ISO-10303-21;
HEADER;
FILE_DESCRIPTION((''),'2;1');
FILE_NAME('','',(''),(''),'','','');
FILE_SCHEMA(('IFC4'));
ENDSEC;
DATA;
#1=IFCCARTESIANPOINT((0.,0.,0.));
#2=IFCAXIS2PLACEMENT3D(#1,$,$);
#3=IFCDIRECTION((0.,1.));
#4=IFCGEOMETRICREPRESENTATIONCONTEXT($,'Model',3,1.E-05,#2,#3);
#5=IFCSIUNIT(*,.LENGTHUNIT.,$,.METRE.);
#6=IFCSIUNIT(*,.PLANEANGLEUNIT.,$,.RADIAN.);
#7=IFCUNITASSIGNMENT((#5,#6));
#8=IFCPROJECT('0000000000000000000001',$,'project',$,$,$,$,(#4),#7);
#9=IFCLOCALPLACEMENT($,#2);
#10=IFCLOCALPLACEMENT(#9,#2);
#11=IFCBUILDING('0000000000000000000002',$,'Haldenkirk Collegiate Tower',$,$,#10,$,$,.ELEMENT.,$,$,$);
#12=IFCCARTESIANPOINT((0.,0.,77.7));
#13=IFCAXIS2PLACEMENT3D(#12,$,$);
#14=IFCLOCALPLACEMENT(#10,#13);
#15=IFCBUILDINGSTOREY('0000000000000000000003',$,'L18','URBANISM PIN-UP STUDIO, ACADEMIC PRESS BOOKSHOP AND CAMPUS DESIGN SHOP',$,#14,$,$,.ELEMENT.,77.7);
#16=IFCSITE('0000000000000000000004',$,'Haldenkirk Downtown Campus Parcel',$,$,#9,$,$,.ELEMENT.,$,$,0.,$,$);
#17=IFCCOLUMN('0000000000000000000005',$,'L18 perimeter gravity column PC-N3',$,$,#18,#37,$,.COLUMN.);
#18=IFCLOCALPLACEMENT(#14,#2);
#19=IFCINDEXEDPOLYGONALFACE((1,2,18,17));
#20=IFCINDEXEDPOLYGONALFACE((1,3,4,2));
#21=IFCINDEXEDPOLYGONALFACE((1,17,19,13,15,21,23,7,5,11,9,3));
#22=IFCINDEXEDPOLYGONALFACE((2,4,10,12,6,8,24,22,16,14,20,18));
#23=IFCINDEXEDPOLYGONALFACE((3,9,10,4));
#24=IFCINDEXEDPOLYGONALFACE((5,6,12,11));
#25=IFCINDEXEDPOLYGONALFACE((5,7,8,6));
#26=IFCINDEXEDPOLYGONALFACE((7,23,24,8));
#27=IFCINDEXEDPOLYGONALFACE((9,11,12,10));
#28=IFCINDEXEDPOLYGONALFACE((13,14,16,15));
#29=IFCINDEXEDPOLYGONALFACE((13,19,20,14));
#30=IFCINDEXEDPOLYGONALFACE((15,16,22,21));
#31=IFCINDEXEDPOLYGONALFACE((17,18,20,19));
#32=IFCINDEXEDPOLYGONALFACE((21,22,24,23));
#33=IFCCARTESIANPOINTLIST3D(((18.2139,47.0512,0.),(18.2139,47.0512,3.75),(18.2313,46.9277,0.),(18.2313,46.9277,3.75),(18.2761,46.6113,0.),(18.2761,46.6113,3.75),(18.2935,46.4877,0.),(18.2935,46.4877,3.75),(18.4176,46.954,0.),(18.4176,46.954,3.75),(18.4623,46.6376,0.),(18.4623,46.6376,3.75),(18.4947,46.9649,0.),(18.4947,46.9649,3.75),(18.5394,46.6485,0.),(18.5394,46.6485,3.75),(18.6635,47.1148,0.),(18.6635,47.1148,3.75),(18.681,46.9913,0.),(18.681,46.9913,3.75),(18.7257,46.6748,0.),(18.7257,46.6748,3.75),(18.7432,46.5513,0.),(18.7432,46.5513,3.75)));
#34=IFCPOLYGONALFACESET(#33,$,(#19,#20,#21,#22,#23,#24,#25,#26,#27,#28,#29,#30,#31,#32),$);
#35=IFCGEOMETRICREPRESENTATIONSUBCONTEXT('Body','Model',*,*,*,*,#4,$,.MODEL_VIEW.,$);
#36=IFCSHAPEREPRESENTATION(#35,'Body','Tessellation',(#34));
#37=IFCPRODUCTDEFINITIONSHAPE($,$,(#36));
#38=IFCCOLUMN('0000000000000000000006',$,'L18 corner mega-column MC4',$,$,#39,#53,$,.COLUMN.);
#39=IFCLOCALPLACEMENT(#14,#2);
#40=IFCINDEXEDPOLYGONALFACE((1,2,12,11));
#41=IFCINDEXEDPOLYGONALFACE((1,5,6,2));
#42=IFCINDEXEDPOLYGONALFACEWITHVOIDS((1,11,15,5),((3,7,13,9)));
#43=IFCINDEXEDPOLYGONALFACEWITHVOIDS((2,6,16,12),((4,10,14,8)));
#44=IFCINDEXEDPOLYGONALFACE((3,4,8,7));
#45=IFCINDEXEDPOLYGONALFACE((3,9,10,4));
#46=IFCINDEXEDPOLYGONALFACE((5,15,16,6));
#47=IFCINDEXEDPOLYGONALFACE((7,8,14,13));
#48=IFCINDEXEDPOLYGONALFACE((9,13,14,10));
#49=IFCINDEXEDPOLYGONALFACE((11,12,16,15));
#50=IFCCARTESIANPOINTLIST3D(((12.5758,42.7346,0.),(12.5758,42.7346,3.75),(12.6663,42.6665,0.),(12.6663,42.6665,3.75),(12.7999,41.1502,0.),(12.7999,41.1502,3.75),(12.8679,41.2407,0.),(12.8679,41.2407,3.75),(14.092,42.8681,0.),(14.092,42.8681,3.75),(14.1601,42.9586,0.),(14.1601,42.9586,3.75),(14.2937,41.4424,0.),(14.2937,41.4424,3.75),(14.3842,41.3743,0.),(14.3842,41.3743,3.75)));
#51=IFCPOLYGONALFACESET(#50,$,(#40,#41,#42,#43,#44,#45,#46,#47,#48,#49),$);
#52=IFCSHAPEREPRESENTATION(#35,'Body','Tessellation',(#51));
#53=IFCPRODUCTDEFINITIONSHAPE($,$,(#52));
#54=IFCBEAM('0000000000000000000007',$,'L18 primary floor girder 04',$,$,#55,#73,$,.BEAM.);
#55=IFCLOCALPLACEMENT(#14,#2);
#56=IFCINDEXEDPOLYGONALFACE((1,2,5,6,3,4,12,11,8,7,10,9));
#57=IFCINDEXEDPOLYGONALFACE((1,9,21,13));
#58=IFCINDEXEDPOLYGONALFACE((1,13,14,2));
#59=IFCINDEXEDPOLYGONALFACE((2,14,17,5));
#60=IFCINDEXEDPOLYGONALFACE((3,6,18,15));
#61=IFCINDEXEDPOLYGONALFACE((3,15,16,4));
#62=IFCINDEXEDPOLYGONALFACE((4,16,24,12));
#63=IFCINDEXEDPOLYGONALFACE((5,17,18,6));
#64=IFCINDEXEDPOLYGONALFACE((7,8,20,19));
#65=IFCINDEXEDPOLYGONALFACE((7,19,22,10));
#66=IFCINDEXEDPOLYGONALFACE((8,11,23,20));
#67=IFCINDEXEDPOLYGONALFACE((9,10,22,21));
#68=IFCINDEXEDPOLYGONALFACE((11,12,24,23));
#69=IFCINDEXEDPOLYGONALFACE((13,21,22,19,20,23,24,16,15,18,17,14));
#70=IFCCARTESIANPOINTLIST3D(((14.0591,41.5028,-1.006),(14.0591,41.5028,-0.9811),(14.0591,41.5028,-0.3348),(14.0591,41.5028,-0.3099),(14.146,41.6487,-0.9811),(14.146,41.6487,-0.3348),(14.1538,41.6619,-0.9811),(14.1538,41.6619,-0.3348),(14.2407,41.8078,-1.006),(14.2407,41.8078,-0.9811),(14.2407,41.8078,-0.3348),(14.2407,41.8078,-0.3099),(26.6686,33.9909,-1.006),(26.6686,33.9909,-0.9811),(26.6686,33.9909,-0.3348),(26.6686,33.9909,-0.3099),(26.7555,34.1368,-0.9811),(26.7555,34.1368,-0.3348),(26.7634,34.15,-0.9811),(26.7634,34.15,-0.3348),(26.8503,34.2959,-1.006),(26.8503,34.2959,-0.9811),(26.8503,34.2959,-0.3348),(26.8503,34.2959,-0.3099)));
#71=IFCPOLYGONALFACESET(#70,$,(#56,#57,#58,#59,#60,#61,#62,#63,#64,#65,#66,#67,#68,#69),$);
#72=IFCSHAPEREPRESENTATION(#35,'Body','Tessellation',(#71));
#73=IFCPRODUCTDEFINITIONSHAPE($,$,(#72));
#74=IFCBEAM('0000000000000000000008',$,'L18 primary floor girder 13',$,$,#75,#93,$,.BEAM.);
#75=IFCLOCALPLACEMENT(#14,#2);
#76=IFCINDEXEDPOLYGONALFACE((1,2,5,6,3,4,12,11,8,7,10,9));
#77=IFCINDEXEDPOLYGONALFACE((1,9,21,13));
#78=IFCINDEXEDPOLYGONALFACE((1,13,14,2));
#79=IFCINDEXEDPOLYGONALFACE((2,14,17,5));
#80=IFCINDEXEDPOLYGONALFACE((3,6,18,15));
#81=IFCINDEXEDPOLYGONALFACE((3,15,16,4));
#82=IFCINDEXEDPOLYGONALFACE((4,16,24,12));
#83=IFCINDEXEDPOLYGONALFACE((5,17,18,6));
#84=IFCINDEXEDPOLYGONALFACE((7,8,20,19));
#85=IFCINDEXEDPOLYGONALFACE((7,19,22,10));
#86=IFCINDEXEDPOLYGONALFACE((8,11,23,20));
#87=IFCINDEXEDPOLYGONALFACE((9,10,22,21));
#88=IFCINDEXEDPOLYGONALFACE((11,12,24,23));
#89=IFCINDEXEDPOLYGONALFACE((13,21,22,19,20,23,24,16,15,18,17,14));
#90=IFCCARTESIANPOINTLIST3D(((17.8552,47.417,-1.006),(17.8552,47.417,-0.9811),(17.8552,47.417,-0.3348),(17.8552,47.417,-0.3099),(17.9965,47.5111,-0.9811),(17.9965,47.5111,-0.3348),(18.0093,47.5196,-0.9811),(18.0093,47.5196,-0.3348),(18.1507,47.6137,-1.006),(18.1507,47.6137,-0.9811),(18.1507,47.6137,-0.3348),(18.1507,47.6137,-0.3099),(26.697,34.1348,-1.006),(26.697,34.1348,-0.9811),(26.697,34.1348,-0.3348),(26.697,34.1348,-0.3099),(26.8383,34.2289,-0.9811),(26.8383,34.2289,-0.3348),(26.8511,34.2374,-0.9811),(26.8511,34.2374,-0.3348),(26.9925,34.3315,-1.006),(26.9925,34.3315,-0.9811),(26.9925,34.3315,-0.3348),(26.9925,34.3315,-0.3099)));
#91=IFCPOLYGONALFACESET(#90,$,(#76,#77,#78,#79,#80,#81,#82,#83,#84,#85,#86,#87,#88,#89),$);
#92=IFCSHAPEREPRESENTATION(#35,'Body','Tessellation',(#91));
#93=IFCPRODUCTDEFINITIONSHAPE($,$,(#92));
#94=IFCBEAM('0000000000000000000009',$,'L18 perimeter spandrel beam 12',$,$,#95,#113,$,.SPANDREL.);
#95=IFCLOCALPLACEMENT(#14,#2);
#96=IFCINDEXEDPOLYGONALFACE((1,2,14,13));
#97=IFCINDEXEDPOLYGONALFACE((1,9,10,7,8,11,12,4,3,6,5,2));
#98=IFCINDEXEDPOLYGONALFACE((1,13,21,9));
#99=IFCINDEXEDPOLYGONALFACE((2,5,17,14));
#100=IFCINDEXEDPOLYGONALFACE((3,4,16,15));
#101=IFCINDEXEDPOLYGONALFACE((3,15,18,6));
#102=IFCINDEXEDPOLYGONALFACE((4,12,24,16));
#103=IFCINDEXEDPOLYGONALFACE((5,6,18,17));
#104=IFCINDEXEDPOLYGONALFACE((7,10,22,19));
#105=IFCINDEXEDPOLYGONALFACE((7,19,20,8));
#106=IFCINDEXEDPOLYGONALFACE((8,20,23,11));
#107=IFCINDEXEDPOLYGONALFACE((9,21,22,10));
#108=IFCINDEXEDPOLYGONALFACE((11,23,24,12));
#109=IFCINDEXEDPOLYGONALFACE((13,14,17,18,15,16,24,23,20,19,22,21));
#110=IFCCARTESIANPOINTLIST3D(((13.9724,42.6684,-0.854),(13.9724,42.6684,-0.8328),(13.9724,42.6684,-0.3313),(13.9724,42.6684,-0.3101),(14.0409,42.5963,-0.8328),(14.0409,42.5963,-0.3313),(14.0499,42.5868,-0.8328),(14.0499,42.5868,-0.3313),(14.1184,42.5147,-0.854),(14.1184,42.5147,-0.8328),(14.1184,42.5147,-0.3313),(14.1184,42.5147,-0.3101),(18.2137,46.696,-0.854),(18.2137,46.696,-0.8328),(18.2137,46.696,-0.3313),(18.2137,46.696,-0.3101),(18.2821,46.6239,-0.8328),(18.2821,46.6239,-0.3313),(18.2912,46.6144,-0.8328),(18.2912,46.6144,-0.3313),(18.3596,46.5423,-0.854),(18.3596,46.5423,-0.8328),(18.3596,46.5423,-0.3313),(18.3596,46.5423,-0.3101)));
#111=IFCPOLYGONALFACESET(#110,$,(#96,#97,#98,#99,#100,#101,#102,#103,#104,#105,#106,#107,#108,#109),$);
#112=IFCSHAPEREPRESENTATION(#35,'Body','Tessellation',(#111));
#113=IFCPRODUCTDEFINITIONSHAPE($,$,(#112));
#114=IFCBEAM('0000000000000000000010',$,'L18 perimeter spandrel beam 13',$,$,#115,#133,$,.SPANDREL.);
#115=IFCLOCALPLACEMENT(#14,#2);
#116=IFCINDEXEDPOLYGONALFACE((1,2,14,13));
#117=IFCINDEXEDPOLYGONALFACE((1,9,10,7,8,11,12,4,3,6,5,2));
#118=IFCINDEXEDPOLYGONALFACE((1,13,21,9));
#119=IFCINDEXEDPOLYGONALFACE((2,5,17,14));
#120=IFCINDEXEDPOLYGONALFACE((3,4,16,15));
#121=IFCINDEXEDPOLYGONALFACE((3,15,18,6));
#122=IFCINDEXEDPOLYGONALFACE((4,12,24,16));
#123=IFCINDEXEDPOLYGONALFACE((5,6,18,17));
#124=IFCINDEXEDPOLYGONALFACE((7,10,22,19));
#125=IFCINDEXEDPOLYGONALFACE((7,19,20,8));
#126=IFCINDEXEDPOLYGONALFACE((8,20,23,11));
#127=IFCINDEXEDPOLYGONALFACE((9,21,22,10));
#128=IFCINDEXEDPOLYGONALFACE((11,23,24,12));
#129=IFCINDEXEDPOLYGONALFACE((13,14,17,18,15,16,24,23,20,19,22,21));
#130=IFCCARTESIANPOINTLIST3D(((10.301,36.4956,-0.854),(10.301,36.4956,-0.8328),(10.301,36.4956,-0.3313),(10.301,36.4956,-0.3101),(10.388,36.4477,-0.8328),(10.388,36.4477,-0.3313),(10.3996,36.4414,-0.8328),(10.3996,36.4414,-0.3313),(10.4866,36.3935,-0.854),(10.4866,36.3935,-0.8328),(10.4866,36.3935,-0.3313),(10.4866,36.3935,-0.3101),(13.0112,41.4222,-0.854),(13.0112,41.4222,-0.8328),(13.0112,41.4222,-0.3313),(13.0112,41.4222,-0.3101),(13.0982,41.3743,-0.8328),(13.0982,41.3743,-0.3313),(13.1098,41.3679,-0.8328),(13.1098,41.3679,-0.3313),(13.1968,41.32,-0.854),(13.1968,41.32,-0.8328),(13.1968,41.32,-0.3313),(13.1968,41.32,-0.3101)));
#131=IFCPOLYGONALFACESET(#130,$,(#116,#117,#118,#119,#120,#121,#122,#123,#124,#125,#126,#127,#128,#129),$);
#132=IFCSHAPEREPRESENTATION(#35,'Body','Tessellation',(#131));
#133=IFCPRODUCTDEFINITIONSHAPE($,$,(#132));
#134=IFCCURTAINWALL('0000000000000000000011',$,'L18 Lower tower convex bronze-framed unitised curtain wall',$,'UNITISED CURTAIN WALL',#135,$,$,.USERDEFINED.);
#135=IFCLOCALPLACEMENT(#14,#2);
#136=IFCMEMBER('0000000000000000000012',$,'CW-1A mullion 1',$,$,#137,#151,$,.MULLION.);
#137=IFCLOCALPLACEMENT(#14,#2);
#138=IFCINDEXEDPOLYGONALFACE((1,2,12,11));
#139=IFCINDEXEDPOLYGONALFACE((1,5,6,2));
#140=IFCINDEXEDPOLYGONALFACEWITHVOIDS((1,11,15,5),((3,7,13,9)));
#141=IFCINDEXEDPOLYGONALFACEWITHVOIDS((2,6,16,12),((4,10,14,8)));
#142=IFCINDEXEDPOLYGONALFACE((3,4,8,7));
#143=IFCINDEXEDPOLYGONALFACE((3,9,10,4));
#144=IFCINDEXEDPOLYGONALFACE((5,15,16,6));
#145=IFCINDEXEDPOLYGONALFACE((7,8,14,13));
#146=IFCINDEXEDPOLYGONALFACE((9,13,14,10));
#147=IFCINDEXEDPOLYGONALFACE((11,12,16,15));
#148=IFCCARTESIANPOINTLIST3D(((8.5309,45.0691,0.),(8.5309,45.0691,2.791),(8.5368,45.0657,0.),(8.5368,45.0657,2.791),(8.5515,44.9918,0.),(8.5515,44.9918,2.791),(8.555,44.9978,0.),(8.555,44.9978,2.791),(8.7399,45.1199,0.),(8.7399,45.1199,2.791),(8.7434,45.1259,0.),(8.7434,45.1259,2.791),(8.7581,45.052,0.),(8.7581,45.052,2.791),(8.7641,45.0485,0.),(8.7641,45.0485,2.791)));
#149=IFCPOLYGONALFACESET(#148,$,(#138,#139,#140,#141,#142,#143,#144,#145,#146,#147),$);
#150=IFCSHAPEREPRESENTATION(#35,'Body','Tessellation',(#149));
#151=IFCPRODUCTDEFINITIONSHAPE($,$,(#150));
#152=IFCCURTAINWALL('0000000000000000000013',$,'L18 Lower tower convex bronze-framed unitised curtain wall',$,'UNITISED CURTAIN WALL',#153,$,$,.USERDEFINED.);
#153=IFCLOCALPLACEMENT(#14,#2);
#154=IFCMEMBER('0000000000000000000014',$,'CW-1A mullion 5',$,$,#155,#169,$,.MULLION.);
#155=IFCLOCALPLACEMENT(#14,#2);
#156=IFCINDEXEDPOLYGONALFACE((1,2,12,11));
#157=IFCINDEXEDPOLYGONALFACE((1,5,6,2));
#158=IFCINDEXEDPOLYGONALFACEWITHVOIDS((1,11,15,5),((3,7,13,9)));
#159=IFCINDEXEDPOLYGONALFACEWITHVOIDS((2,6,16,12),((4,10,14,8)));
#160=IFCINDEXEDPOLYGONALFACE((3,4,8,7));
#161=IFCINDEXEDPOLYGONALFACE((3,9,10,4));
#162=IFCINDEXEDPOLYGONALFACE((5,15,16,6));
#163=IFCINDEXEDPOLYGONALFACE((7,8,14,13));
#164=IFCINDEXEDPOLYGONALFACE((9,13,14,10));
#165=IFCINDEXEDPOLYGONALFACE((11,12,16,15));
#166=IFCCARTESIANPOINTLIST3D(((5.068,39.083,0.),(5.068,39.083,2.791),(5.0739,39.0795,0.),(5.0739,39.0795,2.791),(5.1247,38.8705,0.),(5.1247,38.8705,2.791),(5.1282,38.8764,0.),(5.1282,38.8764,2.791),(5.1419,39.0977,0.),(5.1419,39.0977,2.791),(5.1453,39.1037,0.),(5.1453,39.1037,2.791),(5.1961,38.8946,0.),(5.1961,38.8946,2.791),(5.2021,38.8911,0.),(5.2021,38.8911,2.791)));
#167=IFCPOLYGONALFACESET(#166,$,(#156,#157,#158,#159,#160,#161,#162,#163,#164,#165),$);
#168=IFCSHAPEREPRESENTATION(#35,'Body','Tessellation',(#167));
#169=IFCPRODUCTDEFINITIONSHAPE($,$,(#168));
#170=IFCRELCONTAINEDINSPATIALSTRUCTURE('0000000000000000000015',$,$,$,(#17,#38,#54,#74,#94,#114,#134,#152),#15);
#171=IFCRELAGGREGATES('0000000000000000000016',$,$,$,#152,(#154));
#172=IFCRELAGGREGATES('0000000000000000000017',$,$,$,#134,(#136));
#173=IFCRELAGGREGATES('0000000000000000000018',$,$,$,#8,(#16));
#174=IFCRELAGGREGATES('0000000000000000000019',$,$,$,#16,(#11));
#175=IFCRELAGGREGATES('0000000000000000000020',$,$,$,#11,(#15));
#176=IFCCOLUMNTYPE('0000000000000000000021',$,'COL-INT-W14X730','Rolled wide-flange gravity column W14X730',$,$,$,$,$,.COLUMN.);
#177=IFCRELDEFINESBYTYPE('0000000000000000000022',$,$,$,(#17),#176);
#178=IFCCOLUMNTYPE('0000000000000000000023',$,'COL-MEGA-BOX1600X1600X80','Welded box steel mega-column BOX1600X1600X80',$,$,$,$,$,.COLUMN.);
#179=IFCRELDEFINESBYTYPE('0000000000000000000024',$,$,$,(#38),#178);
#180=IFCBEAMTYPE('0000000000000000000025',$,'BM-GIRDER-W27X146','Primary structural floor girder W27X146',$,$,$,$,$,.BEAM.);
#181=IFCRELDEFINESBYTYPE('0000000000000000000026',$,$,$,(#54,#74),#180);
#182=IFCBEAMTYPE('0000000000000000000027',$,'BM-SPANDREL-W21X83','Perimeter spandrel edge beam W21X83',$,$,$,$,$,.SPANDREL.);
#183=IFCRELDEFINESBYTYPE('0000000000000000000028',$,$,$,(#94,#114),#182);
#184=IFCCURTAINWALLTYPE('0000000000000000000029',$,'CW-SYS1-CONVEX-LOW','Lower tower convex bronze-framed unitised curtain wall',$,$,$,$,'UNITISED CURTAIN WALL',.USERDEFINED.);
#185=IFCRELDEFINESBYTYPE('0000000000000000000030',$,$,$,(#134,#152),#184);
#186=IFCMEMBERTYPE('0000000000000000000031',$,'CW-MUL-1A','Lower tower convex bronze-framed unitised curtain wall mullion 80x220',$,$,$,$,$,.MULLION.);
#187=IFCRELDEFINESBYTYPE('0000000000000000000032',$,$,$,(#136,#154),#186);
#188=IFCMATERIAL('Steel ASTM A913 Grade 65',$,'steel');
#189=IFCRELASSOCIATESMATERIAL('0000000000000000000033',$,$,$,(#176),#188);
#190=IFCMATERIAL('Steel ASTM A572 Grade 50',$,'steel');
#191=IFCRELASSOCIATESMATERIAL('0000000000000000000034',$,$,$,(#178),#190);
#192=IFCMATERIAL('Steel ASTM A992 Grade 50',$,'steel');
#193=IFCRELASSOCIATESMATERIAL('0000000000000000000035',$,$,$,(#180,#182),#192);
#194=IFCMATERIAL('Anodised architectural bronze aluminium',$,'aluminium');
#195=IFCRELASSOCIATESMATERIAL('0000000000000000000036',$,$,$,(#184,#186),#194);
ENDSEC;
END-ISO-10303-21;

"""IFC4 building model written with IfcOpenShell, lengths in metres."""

from ifc_helpers import new_model, si_unit, direction, frame, origin, origin_2d, place, context, subcontext, project, spatial, hollow_rectangle, i_section, extrude, material, material_profile, profile_set, type_object, element, aggregate, save


model = new_model("IFC4")

# Units and contexts
model_context = context("Model", 3, precision=1e-05, world=origin(), true_north=direction((0.0, 1.0)))
body_context = subcontext(model_context, "Body", "Model", "MODEL_VIEW")
ifc_project = project(units=[si_unit("LENGTHUNIT", "METRE"), si_unit("PLANEANGLEUNIT", "RADIAN")], contexts=[model_context])

# Site, building, storey
site_placement = place(None, origin())
site = spatial("IfcSite", under=ifc_project, at=site_placement, Name="Haldenkirk Downtown Campus Parcel", CompositionType="ELEMENT", RefElevation=0.0)
building_placement = place(site_placement, origin())
building = spatial("IfcBuilding", under=site, at=building_placement, Name="Haldenkirk Collegiate Tower", CompositionType="ELEMENT")
storey_placement = place(building_placement, frame((0.0, 0.0, 77.7)))
storey = spatial("IfcBuildingStorey", under=building, at=storey_placement, Name="L18", Description="URBANISM PIN-UP STUDIO, ACADEMIC PRESS BOOKSHOP AND CAMPUS DESIGN SHOP", CompositionType="ELEMENT", Elevation=77.7)

# Columns
ifc_material_1 = material(Name="Steel ASTM A913 Grade 65", Category="steel")
ifc_material_profile_1 = material_profile(ifc_material_1, i_section(OverallWidth=0.4541, OverallDepth=0.5691, WebThickness=0.0779, FlangeThickness=0.1248, at=origin_2d()), Name="W14X730")
ifc_profile_set_1 = profile_set([ifc_material_profile_1], Name="Steel ASTM A913 Grade 65")
column_type_1 = type_object("IfcColumnType", Name="COL-INT-W14X730", Description="Rolled wide-flange gravity column W14X730", PredefinedType="COLUMN", material=ifc_profile_set_1)
column_1_placement = place(storey_placement, frame((18.4785, 46.8013, 0.0), z_axis=(0.0, 0.0, 1.0), x_axis=(0.990146, 0.140037, 0.0)))
element("IfcColumn", 1, at=column_1_placement, inside=storey, type_object=column_type_1, Name="L18 perimeter gravity column PC-N3", PredefinedType="COLUMN", context=body_context, shape_type="SweptSolid", body=[
    extrude(i_section(OverallWidth=0.4541, OverallDepth=0.5691, WebThickness=0.0779, FlangeThickness=0.1248, at=origin_2d()), origin(), (0.0, 0.0, 1.0), 3.75),
])
ifc_material_2 = material(Name="Steel ASTM A572 Grade 50", Category="steel")
ifc_material_profile_2 = material_profile(ifc_material_2, hollow_rectangle(XDim=1.6001, YDim=1.6001, WallThickness=0.0801, at=origin_2d()), Name="BOX1600X1600X80")
ifc_profile_set_2 = profile_set([ifc_material_profile_2], Name="Steel ASTM A572 Grade 50")
column_type_2 = type_object("IfcColumnType", Name="COL-MEGA-BOX1600X1600X80", Description="Welded box steel mega-column BOX1600X1600X80", PredefinedType="COLUMN", material=ifc_profile_set_2)
column_2_placement = place(storey_placement, frame((13.48, 42.0544, 0.0), z_axis=(0.0, 0.0, 1.0), x_axis=(0.990146, 0.140037, 0.0)))
element("IfcColumn", 2, at=column_2_placement, inside=storey, type_object=column_type_2, Name="L18 corner mega-column MC4", PredefinedType="COLUMN", context=body_context, shape_type="SweptSolid", body=[
    extrude(hollow_rectangle(XDim=1.6001, YDim=1.6001, WallThickness=0.0801, at=origin_2d()), origin(), (0.0, 0.0, 1.0), 3.75),
])

# Beams
ifc_material_3 = material(Name="Steel ASTM A992 Grade 50", Category="steel")
ifc_material_profile_3 = material_profile(ifc_material_3, i_section(OverallWidth=0.355, OverallDepth=0.696, WebThickness=0.0154, FlangeThickness=0.0249, at=origin_2d()), Name="W27X146")
ifc_profile_set_3 = profile_set([ifc_material_profile_3], Name="Steel ASTM A992 Grade 50")
beam_type_1 = type_object("IfcBeamType", Name="BM-GIRDER-W27X146", Description="Primary structural floor girder W27X146", PredefinedType="BEAM", material=ifc_profile_set_3)
beam_1_placement = place(storey_placement, frame((14.1499, 41.6553, -0.658), z_axis=(0.859106, -0.511798, 0.0), x_axis=(0.511798, 0.859106, 0.0)))
element("IfcBeam", 3, at=beam_1_placement, inside=storey, type_object=beam_type_1, Name="L18 primary floor girder 04", PredefinedType="BEAM", context=body_context, shape_type="SweptSolid", body=[
    extrude(i_section(OverallWidth=0.355, OverallDepth=0.696, WebThickness=0.0154, FlangeThickness=0.0249, at=origin_2d()), origin(), (0.0, 0.0, 1.0), 14.6775),
])
beam_2_placement = place(storey_placement, frame((18.0029, 47.5154, -0.658), z_axis=(0.554135, -0.832427, 0.0), x_axis=(0.832427, 0.554135, 0.0)))
element("IfcBeam", 4, at=beam_2_placement, inside=storey, type_object=beam_type_1, Name="L18 primary floor girder 13", PredefinedType="BEAM", context=body_context, shape_type="SweptSolid", body=[
    extrude(i_section(OverallWidth=0.355, OverallDepth=0.696, WebThickness=0.0154, FlangeThickness=0.0249, at=origin_2d()), origin(), (0.0, 0.0, 1.0), 15.9561),
])
ifc_material_profile_4 = material_profile(ifc_material_3, i_section(OverallWidth=0.2119, OverallDepth=0.5439, WebThickness=0.0132, FlangeThickness=0.0212, at=origin_2d()), Name="W21X83")
ifc_profile_set_4 = profile_set([ifc_material_profile_4], Name="Steel ASTM A992 Grade 50")
beam_type_2 = type_object("IfcBeamType", Name="BM-SPANDREL-W21X83", Description="Perimeter spandrel edge beam W21X83", PredefinedType="SPANDREL", material=ifc_profile_set_4)
beam_3_placement = place(storey_placement, frame((18.2866, 46.6191, -0.582), z_axis=(-0.725133, -0.688609, 0.0), x_axis=(0.688609, -0.725133, 0.0)))
element("IfcBeam", 5, at=beam_3_placement, inside=storey, type_object=beam_type_2, Name="L18 perimeter spandrel beam 12", PredefinedType="SPANDREL", context=body_context, shape_type="SweptSolid", body=[
    extrude(i_section(OverallWidth=0.2119, OverallDepth=0.5439, WebThickness=0.0132, FlangeThickness=0.0212, at=origin_2d()), origin(), (0.0, 0.0, 1.0), 5.8489),
])
beam_4_placement = place(storey_placement, frame((13.104, 41.3711, -0.582), z_axis=(-0.482004, -0.876169, 0.0), x_axis=(0.876169, -0.482004, 0.0)))
element("IfcBeam", 6, at=beam_4_placement, inside=storey, type_object=beam_type_2, Name="L18 perimeter spandrel beam 13", PredefinedType="SPANDREL", context=body_context, shape_type="SweptSolid", body=[
    extrude(i_section(OverallWidth=0.2119, OverallDepth=0.5439, WebThickness=0.0132, FlangeThickness=0.0212, at=origin_2d()), origin(), (0.0, 0.0, 1.0), 5.6228),
])

# Curtain walls, members
ifc_material_4 = material(Name="Anodised architectural bronze aluminium", Category="aluminium")
curtain_wall_type = type_object("IfcCurtainWallType", Name="CW-SYS1-CONVEX-LOW", Description="Lower tower convex bronze-framed unitised curtain wall", ElementType="UNITISED CURTAIN WALL", PredefinedType="USERDEFINED", material=ifc_material_4)
curtain_wall_1_placement = place(storey_placement, origin())
curtain_wall_1 = element("IfcCurtainWall", 7, at=curtain_wall_1_placement, inside=storey, type_object=curtain_wall_type, Name="L18 Lower tower convex bronze-framed unitised curtain wall", ObjectType="UNITISED CURTAIN WALL", PredefinedType="USERDEFINED")
ifc_material_profile_5 = material_profile(ifc_material_4, hollow_rectangle(XDim=0.0801, YDim=0.22, WallThickness=0.0049, at=origin_2d()), Name="CW-MUL-1A")
ifc_profile_set_5 = profile_set([ifc_material_profile_5], Name="Anodised architectural bronze aluminium")
member_type_1 = type_object("IfcMemberType", Name="CW-MUL-1A", Description="Lower tower convex bronze-framed unitised curtain wall mullion 80x220", PredefinedType="MULLION", material=ifc_profile_set_5)
member_1_placement = place(storey_placement, frame((8.6475, 45.0588, 0.0), z_axis=(0.0, 0.0, 1.0), x_axis=(-0.257974, 0.966152, 0.0)))
member_1 = element("IfcMember", 8, at=member_1_placement, type_object=member_type_1, Name="CW-1A mullion 1", PredefinedType="MULLION", context=body_context, shape_type="SweptSolid", body=[
    extrude(hollow_rectangle(XDim=0.0801, YDim=0.22, WallThickness=0.0049, at=origin_2d()), origin(), (0.0, 0.0, 1.0), 2.791),
])
curtain_wall_2_placement = place(storey_placement, origin())
curtain_wall_2 = element("IfcCurtainWall", 9, at=curtain_wall_2_placement, inside=storey, type_object=curtain_wall_type, Name="L18 Lower tower convex bronze-framed unitised curtain wall", ObjectType="UNITISED CURTAIN WALL", PredefinedType="USERDEFINED")
member_2_placement = place(storey_placement, frame((5.135, 38.9871, 0.0), z_axis=(0.0, 0.0, 1.0), x_axis=(-0.966152, -0.257974, 0.0)))
member_2 = element("IfcMember", 10, at=member_2_placement, type_object=member_type_1, Name="CW-1A mullion 5", PredefinedType="MULLION", context=body_context, shape_type="SweptSolid", body=[
    extrude(hollow_rectangle(XDim=0.0801, YDim=0.22, WallThickness=0.0049, at=origin_2d()), origin(), (0.0, 0.0, 1.0), 2.791),
])
aggregate(curtain_wall_2, [member_2])

aggregate(curtain_wall_1, [member_1])

save(model, "model.ifc")
